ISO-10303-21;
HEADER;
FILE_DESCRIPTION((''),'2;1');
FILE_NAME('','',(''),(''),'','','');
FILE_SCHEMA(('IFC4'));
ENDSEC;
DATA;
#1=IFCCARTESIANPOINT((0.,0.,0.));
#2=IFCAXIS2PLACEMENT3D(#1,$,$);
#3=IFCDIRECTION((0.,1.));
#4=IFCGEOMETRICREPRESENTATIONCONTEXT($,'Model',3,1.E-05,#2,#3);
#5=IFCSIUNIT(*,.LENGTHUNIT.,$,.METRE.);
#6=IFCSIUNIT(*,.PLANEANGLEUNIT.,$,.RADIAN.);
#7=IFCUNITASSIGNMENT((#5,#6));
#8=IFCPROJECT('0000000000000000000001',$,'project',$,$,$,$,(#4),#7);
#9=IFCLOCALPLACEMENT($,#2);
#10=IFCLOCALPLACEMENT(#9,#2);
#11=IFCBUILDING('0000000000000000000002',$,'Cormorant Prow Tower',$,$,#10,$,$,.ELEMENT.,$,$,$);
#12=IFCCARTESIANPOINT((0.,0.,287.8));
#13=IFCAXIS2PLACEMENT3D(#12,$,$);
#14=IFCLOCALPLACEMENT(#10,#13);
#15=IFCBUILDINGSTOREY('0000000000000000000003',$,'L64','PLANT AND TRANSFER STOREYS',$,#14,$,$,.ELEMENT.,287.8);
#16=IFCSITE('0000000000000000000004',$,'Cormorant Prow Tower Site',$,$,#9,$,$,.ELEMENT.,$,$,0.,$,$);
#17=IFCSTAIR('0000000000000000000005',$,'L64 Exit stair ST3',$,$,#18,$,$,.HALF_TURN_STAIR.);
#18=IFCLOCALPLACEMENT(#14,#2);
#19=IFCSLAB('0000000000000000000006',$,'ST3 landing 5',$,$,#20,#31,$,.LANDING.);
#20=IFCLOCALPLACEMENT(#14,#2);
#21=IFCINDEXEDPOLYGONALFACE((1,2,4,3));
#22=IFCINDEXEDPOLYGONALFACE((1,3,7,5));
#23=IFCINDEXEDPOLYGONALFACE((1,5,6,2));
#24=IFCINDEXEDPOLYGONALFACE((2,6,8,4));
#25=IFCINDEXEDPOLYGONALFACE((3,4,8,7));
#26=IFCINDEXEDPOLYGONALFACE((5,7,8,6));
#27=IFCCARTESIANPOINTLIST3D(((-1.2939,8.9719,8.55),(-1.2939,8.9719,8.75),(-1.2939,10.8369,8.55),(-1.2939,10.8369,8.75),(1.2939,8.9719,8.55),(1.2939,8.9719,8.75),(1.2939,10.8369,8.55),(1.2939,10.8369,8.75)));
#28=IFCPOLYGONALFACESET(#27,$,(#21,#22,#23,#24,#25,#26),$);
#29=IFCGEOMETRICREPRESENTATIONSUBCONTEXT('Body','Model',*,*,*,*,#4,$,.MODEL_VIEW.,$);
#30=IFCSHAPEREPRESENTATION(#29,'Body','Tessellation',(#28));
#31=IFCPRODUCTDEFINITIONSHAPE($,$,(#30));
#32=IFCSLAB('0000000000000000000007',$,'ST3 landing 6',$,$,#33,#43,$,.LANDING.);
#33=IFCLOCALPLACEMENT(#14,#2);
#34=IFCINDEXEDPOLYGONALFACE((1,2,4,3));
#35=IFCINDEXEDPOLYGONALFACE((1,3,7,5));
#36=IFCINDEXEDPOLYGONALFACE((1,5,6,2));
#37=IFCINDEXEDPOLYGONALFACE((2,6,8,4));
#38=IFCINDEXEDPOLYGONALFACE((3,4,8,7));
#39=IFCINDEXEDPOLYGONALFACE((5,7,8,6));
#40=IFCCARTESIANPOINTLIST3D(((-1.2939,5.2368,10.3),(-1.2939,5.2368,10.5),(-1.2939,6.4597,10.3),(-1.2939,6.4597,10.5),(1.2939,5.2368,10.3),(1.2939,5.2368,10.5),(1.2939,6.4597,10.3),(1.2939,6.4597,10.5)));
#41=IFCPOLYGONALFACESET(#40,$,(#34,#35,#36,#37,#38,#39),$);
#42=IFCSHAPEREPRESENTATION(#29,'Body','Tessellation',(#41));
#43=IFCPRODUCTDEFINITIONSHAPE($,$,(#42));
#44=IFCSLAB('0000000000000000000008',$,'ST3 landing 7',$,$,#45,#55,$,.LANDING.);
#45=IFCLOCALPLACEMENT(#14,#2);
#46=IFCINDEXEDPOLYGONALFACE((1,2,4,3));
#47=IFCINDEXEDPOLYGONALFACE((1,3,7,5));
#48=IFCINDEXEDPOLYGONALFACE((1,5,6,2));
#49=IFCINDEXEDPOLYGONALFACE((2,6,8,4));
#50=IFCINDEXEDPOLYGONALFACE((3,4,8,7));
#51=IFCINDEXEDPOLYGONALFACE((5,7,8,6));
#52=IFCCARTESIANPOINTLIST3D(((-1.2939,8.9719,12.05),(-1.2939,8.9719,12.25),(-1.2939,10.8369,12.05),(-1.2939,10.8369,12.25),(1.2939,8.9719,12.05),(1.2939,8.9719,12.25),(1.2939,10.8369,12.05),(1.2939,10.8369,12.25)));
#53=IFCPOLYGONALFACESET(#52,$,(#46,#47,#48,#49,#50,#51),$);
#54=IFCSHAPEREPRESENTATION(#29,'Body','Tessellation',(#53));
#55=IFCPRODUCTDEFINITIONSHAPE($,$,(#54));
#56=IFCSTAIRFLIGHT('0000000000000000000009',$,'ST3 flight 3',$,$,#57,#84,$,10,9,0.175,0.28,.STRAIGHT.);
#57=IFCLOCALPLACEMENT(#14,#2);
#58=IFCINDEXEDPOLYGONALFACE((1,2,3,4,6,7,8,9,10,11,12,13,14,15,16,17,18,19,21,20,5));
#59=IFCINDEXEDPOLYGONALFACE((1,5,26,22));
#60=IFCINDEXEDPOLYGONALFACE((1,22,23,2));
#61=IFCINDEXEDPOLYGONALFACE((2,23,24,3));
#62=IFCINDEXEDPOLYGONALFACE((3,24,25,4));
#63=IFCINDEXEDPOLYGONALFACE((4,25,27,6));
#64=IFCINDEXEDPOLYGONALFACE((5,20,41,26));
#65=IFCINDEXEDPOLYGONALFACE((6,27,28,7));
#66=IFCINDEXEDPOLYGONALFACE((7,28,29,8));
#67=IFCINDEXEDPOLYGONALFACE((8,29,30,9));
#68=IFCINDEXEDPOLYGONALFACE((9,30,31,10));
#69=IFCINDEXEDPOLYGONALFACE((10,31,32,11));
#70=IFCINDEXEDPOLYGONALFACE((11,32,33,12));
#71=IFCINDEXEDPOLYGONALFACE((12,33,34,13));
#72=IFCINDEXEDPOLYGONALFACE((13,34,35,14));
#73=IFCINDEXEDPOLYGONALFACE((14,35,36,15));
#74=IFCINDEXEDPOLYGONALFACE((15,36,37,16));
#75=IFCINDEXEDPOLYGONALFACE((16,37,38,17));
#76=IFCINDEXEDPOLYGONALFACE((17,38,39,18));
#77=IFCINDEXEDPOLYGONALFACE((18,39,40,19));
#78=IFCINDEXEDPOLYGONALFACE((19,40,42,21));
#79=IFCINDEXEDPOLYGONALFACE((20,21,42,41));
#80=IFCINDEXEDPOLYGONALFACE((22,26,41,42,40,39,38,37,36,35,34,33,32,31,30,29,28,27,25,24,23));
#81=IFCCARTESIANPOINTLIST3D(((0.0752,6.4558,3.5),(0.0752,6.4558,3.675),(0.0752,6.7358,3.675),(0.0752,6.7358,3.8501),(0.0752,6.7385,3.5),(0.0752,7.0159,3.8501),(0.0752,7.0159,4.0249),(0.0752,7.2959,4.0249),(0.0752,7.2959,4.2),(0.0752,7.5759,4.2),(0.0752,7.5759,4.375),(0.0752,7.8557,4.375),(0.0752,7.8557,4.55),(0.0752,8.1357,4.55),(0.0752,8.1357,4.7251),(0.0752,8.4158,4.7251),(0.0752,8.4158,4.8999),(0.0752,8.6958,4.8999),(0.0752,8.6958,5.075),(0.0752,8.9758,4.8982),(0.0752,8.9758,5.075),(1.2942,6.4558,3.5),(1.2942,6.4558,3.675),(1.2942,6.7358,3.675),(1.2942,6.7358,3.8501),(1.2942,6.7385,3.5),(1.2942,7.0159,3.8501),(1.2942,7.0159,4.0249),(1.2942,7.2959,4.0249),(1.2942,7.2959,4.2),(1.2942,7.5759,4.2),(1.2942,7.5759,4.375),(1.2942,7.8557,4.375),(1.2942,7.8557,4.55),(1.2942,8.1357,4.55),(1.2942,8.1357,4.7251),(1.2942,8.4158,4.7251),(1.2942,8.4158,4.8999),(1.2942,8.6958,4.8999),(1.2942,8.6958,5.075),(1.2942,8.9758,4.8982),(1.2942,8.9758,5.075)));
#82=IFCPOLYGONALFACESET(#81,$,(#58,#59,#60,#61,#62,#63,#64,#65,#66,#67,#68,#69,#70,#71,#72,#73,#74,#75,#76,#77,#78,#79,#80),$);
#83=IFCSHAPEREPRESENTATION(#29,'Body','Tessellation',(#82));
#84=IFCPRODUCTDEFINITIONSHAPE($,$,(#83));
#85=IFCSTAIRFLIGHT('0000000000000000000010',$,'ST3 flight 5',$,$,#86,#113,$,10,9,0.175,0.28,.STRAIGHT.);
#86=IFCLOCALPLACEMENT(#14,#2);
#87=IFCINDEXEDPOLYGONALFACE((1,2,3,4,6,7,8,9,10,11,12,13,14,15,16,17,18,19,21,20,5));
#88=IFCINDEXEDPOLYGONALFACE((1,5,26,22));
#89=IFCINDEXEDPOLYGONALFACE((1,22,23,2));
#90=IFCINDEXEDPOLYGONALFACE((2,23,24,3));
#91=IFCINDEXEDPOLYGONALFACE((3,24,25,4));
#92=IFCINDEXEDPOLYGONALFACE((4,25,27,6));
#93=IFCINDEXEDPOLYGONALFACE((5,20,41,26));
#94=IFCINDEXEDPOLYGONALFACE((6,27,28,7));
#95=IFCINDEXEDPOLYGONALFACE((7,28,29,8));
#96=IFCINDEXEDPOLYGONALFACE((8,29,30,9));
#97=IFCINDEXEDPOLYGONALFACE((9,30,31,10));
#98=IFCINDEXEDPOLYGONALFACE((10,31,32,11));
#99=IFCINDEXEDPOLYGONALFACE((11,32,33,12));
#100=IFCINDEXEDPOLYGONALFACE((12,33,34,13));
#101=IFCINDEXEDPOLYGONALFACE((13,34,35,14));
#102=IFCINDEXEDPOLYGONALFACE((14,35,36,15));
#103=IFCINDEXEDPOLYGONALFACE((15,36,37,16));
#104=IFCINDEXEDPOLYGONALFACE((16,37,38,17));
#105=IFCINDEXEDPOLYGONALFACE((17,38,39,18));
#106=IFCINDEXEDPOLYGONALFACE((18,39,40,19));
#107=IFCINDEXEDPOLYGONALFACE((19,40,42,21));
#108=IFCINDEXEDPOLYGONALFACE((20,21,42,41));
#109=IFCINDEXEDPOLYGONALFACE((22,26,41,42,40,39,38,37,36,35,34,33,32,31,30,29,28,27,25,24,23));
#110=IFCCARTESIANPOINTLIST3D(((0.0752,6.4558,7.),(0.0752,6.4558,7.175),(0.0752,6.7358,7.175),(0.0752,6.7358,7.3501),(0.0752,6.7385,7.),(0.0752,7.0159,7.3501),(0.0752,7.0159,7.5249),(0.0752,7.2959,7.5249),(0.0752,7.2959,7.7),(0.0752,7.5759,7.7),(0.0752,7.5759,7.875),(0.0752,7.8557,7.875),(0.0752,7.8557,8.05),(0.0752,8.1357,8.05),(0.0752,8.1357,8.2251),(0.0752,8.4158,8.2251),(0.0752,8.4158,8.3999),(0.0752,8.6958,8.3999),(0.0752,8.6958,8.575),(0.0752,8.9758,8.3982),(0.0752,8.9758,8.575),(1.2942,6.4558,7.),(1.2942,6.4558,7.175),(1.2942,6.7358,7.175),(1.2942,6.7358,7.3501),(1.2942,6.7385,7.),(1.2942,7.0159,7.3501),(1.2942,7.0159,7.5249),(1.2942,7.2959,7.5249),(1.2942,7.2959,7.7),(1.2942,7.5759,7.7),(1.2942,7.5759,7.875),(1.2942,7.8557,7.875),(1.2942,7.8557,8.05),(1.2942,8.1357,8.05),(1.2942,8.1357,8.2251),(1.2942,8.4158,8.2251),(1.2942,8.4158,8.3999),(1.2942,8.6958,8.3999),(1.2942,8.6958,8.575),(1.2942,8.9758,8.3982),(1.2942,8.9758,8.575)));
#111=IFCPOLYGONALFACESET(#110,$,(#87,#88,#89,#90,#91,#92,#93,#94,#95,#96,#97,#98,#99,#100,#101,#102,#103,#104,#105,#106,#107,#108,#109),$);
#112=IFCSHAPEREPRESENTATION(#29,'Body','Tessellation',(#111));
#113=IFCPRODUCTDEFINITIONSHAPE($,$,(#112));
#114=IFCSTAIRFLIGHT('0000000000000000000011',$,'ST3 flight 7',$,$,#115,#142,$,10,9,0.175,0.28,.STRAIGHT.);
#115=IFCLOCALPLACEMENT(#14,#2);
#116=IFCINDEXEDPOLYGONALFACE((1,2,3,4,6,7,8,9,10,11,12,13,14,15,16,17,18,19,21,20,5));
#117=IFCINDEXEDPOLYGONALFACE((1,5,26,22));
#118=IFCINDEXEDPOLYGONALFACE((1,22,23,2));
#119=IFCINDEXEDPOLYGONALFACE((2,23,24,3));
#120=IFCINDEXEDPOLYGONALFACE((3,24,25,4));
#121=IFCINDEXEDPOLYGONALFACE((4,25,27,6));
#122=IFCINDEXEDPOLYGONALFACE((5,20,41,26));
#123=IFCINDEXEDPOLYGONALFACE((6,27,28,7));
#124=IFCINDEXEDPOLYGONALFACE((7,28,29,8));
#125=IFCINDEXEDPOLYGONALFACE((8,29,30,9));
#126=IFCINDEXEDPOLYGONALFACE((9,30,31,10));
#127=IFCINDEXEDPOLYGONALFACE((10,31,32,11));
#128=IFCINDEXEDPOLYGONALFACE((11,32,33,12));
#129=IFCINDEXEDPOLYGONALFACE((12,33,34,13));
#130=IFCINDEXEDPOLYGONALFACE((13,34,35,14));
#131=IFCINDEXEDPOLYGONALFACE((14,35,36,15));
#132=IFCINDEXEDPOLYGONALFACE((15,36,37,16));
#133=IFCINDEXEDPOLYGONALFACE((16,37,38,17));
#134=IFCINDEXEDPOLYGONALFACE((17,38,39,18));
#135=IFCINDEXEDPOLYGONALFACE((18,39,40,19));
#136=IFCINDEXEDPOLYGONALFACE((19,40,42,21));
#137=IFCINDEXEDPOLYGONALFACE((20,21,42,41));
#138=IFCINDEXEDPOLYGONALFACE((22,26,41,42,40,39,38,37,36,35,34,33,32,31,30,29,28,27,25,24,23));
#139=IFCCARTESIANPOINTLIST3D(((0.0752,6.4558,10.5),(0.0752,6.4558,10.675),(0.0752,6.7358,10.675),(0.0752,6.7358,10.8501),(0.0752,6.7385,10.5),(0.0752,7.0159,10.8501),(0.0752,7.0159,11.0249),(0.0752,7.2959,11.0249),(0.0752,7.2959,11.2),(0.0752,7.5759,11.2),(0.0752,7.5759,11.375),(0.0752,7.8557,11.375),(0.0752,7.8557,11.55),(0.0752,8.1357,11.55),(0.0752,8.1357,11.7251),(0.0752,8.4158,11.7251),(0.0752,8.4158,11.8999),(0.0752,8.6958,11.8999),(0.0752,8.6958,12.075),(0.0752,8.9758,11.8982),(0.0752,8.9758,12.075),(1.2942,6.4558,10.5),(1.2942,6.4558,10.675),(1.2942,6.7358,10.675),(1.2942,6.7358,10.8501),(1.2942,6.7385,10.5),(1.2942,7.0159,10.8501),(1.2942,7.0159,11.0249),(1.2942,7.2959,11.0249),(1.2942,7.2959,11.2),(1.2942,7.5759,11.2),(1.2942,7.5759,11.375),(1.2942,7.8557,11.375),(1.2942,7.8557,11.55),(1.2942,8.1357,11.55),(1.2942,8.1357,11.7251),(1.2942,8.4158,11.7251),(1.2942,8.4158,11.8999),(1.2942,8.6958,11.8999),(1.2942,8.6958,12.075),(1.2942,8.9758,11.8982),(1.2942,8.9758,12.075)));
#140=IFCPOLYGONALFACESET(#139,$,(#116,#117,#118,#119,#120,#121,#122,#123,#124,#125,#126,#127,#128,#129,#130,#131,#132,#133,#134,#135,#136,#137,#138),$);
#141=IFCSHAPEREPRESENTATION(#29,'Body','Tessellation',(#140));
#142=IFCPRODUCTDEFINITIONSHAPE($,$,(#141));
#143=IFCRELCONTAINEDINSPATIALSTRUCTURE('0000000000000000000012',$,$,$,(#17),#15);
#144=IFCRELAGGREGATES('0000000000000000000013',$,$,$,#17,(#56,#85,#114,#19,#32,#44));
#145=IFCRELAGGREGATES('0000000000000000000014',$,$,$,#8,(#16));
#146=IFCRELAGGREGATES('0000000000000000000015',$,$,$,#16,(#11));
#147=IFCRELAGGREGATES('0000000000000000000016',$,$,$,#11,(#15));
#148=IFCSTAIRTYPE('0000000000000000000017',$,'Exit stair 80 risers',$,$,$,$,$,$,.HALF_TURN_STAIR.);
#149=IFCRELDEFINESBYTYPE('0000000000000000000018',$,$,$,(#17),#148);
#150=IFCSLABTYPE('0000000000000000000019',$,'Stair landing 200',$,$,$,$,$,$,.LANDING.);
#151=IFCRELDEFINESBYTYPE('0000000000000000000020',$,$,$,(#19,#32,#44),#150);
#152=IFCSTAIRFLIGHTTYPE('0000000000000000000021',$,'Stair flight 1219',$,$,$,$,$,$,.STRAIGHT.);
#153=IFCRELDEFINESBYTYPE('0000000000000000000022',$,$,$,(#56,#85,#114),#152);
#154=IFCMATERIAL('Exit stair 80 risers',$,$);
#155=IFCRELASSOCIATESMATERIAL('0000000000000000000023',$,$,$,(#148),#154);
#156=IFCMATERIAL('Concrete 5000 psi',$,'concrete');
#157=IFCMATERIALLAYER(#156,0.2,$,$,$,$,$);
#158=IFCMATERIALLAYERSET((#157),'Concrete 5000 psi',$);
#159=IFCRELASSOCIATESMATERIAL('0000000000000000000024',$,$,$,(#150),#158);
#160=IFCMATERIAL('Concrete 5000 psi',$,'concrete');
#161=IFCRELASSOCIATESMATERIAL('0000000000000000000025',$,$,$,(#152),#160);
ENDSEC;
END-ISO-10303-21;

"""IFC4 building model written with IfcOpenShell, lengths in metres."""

from ifc_helpers import new_model, si_unit, direction, frame, origin, place, context, subcontext, project, spatial, polyline, outline, extrude, material, layer, layer_set, type_object, element, aggregate, save


model = new_model("IFC4")

# Units and contexts
model_context = context("Model", 3, precision=1e-05, world=origin(), true_north=direction((0.0, 1.0)))
body_context = subcontext(model_context, "Body", "Model", "MODEL_VIEW")
ifc_project = project(units=[si_unit("LENGTHUNIT", "METRE"), si_unit("PLANEANGLEUNIT", "RADIAN")], contexts=[model_context])

# Site, building, storey
site_placement = place(None, origin())
site = spatial("IfcSite", under=ifc_project, at=site_placement, Name="Cormorant Prow Tower Site", CompositionType="ELEMENT", RefElevation=0.0)
building_placement = place(site_placement, origin())
building = spatial("IfcBuilding", under=site, at=building_placement, Name="Cormorant Prow Tower", CompositionType="ELEMENT")
storey_placement = place(building_placement, frame((0.0, 0.0, 287.8)))
storey = spatial("IfcBuildingStorey", under=building, at=storey_placement, Name="L64", Description="PLANT AND TRANSFER STOREYS", CompositionType="ELEMENT", Elevation=287.8)

# Shared definitions
ifc_material_1 = material(Name="Exit stair 80 risers")
stair_type = type_object("IfcStairType", Name="Exit stair 80 risers", PredefinedType="HALF_TURN_STAIR", material=ifc_material_1)
ifc_material_2 = material(Name="Concrete 5000 psi", Category="concrete")
ifc_layer = layer(ifc_material_2, 0.2)
ifc_layer_set = layer_set([ifc_layer], Name="Concrete 5000 psi")
slab_type = type_object("IfcSlabType", Name="Stair landing 200", PredefinedType="LANDING", material=ifc_layer_set)

# Stair, slabs, stair flights
stair_1_placement = place(storey_placement, origin())
stair_1 = element("IfcStair", 1, at=stair_1_placement, inside=storey, type_object=stair_type, Name="L64 Exit stair ST3", PredefinedType="HALF_TURN_STAIR")
slab_1_placement = place(storey_placement, frame((0.0, 0.0, 8.55)))
slab_1 = element("IfcSlab", 2, at=slab_1_placement, type_object=slab_type, Name="ST3 landing 5", PredefinedType="LANDING", context=body_context, shape_type="SweptSolid", body=[
    extrude(outline(polyline([(1.2939, 8.9719), (1.2939, 10.8369), (-1.2939, 10.8369), (-1.2939, 8.9719), (1.2939, 8.9719)])), origin(), (0.0, 0.0, 1.0), 0.2),
])
slab_2_placement = place(storey_placement, frame((0.0, 0.0, 10.3)))
slab_2 = element("IfcSlab", 3, at=slab_2_placement, type_object=slab_type, Name="ST3 landing 6", PredefinedType="LANDING", context=body_context, shape_type="SweptSolid", body=[
    extrude(outline(polyline([(1.2939, 5.2368), (1.2939, 6.4597), (-1.2939, 6.4597), (-1.2939, 5.2368), (1.2939, 5.2368)])), origin(), (0.0, 0.0, 1.0), 0.2),
])
slab_3_placement = place(storey_placement, frame((0.0, 0.0, 12.05)))
slab_3 = element("IfcSlab", 4, at=slab_3_placement, type_object=slab_type, Name="ST3 landing 7", PredefinedType="LANDING", context=body_context, shape_type="SweptSolid", body=[
    extrude(outline(polyline([(1.2939, 8.9719), (1.2939, 10.8369), (-1.2939, 10.8369), (-1.2939, 8.9719), (1.2939, 8.9719)])), origin(), (0.0, 0.0, 1.0), 0.2),
])
ifc_material_3 = material(Name="Concrete 5000 psi", Category="concrete")
stair_flight_type = type_object("IfcStairFlightType", Name="Stair flight 1219", PredefinedType="STRAIGHT", material=ifc_material_3)
stair_flight_1_placement = place(storey_placement, frame((0.6846, 6.4558, 3.5), z_axis=(0.0, 0.0, 1.0), x_axis=(0.0, 1.0, 0.0)))
stair_flight_1 = element("IfcStairFlight", 5, at=stair_flight_1_placement, type_object=stair_flight_type, Name="ST3 flight 3", NumberOfRisers=10, NumberOfTreads=9, PredefinedType="STRAIGHT", RiserHeight=0.175, TreadLength=0.28, context=body_context, shape_type="SweptSolid", body=[
    extrude(outline(polyline([(0.0, 0.0), (0.0, 0.175), (0.28, 0.175), (0.28, 0.3501), (0.5601, 0.3501), (0.5601, 0.5249), (0.8401, 0.5249), (0.8401, 0.7), (1.1201, 0.7), (1.1201, 0.875), (1.3999, 0.875), (1.3999, 1.05), (1.6799, 1.05), (1.6799, 1.2251), (1.96, 1.2251), (1.96, 1.3999), (2.24, 1.3999), (2.24, 1.575), (2.52, 1.575), (2.52, 1.75), (2.52, 1.3982), (0.2827, 0.0), (0.0, 0.0)])), frame((0.0, 0.6094, 0.0), z_axis=(0.0, -1.0, 0.0), x_axis=(1.0, 0.0, 0.0)), (0.0, 0.0, 1.0), 1.219),
])
stair_flight_2_placement = place(storey_placement, frame((0.6846, 6.4558, 7.0), z_axis=(0.0, 0.0, 1.0), x_axis=(0.0, 1.0, 0.0)))
stair_flight_2 = element("IfcStairFlight", 6, at=stair_flight_2_placement, type_object=stair_flight_type, Name="ST3 flight 5", NumberOfRisers=10, NumberOfTreads=9, PredefinedType="STRAIGHT", RiserHeight=0.175, TreadLength=0.28, context=body_context, shape_type="SweptSolid", body=[
    extrude(outline(polyline([(0.0, 0.0), (0.0, 0.175), (0.28, 0.175), (0.28, 0.3501), (0.5601, 0.3501), (0.5601, 0.5249), (0.8401, 0.5249), (0.8401, 0.7), (1.1201, 0.7), (1.1201, 0.875), (1.3999, 0.875), (1.3999, 1.05), (1.6799, 1.05), (1.6799, 1.2251), (1.96, 1.2251), (1.96, 1.3999), (2.24, 1.3999), (2.24, 1.575), (2.52, 1.575), (2.52, 1.75), (2.52, 1.3982), (0.2827, 0.0), (0.0, 0.0)])), frame((0.0, 0.6094, 0.0), z_axis=(0.0, -1.0, 0.0), x_axis=(1.0, 0.0, 0.0)), (0.0, 0.0, 1.0), 1.219),
])
stair_flight_3_placement = place(storey_placement, frame((0.6846, 6.4558, 10.5), z_axis=(0.0, 0.0, 1.0), x_axis=(0.0, 1.0, 0.0)))
stair_flight_3 = element("IfcStairFlight", 7, at=stair_flight_3_placement, type_object=stair_flight_type, Name="ST3 flight 7", NumberOfRisers=10, NumberOfTreads=9, PredefinedType="STRAIGHT", RiserHeight=0.175, TreadLength=0.28, context=body_context, shape_type="SweptSolid", body=[
    extrude(outline(polyline([(0.0, 0.0), (0.0, 0.175), (0.28, 0.175), (0.28, 0.3501), (0.5601, 0.3501), (0.5601, 0.5249), (0.8401, 0.5249), (0.8401, 0.7), (1.1201, 0.7), (1.1201, 0.875), (1.3999, 0.875), (1.3999, 1.05), (1.6799, 1.05), (1.6799, 1.2251), (1.96, 1.2251), (1.96, 1.3999), (2.24, 1.3999), (2.24, 1.575), (2.52, 1.575), (2.52, 1.75), (2.52, 1.3982), (0.2827, 0.0), (0.0, 0.0)])), frame((0.0, 0.6094, 0.0), z_axis=(0.0, -1.0, 0.0), x_axis=(1.0, 0.0, 0.0)), (0.0, 0.0, 1.0), 1.219),
])
aggregate(stair_1, [stair_flight_1, stair_flight_2, stair_flight_3, slab_1, slab_2, slab_3])

save(model, "model.ifc")
